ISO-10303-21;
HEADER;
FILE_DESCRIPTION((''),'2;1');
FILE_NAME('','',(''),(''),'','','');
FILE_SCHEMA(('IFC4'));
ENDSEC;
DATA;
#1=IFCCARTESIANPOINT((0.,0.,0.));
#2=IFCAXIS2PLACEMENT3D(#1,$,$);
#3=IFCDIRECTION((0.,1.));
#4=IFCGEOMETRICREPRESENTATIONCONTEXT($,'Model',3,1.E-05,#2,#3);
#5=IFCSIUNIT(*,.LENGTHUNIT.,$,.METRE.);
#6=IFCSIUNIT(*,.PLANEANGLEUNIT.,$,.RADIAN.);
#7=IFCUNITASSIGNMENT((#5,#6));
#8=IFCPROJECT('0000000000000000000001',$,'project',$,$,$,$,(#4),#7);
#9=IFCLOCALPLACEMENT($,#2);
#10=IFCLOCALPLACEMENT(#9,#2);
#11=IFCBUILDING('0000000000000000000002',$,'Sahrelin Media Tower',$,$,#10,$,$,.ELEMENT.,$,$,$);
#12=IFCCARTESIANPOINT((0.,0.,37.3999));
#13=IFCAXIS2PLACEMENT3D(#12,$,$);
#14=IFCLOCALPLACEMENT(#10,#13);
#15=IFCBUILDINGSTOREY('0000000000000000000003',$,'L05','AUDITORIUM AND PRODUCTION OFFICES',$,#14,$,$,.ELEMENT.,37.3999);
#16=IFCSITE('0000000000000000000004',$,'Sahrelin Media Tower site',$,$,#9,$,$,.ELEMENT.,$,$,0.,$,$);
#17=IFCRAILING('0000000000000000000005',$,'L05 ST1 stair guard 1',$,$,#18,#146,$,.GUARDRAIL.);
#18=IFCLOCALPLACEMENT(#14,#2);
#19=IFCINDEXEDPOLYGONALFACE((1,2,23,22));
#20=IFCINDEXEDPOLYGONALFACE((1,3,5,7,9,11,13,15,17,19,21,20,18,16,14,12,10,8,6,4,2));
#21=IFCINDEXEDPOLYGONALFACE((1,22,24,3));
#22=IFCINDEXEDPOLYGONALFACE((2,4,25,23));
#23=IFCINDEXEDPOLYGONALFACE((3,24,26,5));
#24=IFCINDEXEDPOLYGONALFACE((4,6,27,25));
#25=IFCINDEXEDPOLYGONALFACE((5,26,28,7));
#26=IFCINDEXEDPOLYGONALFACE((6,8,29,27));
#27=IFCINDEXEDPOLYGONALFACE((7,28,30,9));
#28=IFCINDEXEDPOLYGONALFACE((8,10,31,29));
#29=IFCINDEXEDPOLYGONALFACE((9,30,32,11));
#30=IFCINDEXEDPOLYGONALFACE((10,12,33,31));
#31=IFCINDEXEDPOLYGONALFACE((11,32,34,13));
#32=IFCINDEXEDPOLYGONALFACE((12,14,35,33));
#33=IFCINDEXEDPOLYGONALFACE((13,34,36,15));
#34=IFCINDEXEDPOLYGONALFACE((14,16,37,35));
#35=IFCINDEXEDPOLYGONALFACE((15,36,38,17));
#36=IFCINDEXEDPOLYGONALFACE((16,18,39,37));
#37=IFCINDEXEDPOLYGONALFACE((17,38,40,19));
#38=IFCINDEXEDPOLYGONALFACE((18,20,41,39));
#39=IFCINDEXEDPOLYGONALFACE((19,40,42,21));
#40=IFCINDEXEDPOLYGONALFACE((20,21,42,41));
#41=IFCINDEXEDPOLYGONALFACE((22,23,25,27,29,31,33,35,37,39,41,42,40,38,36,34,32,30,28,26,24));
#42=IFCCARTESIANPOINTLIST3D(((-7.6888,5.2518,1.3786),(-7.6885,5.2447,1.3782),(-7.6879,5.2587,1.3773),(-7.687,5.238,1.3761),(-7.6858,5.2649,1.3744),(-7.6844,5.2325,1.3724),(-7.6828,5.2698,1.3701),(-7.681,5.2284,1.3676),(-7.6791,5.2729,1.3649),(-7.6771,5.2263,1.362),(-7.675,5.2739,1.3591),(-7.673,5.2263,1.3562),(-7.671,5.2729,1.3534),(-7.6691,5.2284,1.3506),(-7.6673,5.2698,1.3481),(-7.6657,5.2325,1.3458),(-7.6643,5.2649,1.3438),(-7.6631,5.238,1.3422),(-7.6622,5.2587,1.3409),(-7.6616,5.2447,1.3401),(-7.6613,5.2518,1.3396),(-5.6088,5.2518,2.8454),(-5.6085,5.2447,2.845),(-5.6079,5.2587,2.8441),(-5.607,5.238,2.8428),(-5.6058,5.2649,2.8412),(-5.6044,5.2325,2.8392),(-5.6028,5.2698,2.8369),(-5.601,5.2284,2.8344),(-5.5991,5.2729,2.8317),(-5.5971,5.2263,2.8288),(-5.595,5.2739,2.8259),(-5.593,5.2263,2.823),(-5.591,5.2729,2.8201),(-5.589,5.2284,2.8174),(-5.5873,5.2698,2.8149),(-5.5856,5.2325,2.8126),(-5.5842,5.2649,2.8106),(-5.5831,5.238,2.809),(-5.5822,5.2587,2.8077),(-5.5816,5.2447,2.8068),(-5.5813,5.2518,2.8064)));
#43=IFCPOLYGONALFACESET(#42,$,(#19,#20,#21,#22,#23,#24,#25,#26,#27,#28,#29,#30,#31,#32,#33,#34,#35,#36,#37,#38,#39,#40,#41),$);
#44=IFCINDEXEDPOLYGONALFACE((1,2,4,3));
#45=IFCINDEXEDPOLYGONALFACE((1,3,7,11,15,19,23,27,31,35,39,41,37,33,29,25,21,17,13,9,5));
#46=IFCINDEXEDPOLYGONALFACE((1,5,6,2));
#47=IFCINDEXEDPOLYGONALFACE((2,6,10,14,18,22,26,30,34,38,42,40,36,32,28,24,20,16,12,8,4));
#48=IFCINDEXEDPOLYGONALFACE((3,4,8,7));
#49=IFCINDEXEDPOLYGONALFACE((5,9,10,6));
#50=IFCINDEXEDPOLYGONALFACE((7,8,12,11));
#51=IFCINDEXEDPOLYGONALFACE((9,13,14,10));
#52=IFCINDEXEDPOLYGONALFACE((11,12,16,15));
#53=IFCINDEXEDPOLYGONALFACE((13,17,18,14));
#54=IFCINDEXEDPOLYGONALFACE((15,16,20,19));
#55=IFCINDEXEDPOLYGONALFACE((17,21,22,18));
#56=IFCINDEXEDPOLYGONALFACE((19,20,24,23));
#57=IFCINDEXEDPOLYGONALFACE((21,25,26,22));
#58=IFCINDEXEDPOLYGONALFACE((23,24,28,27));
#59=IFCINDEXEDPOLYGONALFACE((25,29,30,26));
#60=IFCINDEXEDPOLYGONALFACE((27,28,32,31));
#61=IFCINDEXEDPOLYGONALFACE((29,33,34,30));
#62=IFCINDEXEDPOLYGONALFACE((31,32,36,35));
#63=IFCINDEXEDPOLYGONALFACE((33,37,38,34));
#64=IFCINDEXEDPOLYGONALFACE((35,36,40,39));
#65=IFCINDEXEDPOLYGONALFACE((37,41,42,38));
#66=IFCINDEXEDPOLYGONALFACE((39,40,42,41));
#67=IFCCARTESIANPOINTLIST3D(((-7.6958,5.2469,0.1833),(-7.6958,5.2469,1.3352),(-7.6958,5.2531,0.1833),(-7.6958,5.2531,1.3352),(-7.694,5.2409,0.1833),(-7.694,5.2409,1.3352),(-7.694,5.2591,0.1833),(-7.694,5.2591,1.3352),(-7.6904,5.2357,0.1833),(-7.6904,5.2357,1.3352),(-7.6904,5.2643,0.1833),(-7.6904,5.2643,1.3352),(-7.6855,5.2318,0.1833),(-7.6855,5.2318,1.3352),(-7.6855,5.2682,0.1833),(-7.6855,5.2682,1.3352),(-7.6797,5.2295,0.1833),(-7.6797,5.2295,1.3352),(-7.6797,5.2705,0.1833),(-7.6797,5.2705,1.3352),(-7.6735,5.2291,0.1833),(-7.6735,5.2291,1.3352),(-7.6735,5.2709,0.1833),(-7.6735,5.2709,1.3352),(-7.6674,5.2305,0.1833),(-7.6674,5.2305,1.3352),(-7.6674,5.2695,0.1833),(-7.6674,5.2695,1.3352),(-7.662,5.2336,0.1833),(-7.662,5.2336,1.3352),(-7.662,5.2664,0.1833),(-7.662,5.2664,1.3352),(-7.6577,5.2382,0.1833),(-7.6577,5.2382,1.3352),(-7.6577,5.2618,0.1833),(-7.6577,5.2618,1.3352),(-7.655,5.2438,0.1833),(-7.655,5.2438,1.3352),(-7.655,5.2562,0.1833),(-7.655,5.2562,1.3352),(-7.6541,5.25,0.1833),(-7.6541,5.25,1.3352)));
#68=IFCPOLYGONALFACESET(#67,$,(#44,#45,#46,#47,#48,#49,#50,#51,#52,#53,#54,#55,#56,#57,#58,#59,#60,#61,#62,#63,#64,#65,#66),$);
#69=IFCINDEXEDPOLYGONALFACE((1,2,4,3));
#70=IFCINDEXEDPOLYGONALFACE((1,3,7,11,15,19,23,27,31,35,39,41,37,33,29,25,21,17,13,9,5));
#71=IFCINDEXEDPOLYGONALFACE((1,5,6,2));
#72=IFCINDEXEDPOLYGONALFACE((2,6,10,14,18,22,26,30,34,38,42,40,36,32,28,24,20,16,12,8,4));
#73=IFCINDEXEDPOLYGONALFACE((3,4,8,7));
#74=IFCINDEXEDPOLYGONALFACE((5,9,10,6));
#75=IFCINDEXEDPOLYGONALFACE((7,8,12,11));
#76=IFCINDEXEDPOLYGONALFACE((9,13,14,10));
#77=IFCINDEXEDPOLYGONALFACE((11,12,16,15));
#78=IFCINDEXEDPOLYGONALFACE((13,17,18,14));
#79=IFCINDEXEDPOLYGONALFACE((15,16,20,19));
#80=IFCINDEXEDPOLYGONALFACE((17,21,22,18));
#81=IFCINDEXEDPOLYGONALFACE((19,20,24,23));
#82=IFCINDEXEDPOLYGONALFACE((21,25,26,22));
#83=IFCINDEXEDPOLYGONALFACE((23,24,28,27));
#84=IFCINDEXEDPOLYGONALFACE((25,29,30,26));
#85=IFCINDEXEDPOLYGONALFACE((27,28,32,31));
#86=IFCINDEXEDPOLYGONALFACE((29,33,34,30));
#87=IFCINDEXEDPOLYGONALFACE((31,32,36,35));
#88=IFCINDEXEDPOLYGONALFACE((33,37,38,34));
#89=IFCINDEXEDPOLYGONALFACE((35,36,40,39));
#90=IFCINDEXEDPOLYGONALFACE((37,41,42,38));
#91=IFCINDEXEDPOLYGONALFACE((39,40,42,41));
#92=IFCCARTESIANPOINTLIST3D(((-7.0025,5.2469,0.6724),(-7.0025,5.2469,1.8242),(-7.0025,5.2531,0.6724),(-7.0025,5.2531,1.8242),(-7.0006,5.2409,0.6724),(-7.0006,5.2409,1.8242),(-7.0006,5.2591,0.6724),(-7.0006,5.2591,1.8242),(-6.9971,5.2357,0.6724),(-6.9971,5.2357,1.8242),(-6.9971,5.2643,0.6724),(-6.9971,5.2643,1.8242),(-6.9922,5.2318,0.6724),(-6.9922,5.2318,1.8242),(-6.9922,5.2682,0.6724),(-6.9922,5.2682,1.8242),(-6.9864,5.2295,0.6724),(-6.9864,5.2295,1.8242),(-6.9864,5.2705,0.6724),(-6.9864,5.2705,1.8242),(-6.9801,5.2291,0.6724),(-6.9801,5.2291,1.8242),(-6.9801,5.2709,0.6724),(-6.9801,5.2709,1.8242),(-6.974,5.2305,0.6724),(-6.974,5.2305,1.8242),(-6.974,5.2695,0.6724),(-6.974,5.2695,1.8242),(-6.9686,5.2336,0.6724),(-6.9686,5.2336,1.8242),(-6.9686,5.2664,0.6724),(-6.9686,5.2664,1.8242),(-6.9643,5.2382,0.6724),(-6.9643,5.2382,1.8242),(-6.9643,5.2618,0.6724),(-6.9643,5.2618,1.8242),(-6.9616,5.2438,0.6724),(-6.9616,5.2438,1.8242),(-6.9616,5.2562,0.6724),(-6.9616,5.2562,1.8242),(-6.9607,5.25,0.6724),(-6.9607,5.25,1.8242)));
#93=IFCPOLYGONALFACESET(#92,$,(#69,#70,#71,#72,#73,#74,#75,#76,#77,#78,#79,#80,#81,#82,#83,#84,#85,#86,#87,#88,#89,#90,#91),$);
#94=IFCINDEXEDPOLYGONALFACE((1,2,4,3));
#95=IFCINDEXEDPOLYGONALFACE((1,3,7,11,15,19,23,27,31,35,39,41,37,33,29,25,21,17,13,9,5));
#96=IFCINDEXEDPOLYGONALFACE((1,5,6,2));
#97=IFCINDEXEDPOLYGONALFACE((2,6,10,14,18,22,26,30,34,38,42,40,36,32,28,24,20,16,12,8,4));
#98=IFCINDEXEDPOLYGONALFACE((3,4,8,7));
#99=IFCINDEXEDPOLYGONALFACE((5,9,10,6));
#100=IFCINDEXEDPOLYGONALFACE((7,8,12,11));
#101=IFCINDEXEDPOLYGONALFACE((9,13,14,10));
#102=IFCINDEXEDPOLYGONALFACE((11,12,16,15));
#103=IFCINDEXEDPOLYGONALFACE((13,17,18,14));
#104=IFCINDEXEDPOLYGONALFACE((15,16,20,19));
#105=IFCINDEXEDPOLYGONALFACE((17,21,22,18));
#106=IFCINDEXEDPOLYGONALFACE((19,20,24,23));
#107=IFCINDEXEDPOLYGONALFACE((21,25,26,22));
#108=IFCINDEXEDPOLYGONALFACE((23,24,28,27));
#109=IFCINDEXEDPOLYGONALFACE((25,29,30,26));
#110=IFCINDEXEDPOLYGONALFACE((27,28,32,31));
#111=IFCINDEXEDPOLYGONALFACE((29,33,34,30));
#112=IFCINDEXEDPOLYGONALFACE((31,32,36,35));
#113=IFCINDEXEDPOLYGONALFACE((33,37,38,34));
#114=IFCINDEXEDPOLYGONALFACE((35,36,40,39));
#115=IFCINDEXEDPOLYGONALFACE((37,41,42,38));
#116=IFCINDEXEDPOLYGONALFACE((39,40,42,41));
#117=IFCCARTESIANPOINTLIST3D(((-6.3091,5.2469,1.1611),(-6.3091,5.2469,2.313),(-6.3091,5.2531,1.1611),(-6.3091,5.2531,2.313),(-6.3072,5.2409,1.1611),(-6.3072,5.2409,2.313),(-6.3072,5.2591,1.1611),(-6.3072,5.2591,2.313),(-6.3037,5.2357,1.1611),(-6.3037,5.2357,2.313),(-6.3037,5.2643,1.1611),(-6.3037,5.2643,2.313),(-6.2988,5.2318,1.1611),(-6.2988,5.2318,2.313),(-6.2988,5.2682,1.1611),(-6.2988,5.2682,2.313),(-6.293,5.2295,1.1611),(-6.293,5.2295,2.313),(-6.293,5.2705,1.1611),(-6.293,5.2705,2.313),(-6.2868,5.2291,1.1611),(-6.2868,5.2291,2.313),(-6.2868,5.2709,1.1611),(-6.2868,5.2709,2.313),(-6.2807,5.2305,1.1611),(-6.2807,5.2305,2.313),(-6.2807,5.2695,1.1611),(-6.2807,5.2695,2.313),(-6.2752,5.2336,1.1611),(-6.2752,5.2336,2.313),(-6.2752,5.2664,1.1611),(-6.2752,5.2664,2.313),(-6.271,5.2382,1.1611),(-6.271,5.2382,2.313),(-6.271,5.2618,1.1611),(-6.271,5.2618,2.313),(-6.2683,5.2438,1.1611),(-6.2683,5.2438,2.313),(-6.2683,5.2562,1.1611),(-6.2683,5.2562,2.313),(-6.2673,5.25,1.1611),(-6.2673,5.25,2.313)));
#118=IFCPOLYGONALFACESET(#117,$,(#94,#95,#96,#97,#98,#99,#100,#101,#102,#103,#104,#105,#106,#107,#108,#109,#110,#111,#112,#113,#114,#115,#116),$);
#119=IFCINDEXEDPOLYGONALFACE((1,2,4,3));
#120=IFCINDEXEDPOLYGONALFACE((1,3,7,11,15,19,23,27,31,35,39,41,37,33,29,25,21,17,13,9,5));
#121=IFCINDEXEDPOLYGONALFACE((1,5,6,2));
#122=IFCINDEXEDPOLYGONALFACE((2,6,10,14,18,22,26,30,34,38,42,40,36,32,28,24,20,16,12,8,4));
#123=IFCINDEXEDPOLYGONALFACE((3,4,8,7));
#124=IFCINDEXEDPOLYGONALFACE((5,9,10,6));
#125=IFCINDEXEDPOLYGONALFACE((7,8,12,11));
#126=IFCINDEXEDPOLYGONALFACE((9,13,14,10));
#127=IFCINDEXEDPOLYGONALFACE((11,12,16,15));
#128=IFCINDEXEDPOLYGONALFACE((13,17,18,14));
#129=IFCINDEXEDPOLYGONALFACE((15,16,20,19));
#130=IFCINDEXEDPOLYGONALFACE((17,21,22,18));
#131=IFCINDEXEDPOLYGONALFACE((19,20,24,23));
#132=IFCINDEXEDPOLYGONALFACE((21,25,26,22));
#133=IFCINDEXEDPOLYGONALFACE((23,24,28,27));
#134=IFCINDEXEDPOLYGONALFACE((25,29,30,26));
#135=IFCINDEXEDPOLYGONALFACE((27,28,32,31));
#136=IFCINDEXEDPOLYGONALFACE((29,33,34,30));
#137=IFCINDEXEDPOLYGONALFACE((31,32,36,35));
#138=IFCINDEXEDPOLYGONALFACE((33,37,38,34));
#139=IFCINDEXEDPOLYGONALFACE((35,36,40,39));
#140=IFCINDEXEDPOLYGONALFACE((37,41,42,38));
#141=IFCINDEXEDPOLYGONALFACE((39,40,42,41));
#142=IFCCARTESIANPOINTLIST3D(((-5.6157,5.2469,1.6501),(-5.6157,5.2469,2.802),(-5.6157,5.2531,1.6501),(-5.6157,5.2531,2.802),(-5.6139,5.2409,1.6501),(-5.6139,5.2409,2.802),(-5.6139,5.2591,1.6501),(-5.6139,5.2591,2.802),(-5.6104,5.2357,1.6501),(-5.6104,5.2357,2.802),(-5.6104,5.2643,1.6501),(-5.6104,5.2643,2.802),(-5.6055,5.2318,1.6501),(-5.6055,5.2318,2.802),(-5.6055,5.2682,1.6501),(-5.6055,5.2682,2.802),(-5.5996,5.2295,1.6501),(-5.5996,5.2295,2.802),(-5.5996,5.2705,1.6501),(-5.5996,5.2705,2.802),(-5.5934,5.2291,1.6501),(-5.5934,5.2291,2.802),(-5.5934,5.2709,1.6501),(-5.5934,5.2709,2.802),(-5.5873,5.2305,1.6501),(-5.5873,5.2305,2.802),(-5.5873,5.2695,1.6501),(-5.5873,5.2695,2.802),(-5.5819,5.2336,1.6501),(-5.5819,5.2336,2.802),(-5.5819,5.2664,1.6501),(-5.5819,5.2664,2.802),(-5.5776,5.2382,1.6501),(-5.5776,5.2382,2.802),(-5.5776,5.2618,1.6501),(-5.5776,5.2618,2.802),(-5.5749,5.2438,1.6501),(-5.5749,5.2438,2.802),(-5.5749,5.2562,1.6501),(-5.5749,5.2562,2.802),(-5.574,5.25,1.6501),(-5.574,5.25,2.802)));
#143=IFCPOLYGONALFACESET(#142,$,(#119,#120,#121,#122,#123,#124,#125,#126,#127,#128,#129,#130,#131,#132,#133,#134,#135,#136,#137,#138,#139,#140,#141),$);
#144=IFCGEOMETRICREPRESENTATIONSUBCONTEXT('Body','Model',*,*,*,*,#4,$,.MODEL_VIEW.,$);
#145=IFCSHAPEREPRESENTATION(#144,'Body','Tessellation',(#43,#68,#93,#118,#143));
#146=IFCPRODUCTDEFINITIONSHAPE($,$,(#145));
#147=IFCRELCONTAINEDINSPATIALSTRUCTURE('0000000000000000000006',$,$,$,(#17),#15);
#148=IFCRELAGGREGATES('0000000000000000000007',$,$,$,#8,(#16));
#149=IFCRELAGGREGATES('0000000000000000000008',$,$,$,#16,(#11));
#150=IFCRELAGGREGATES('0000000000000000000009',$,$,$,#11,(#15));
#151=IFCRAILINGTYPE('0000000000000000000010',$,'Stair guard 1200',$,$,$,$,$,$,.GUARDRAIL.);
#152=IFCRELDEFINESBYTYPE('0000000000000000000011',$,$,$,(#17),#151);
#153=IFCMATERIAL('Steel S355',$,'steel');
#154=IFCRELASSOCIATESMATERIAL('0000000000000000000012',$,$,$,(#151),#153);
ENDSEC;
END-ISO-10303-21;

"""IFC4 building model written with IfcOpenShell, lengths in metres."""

from ifc_helpers import new_model, si_unit, direction, frame, origin, origin_2d, place, context, subcontext, project, spatial, circle, extrude, material, type_object, element, save


model = new_model("IFC4")

# Units and contexts
model_context = context("Model", 3, precision=1e-05, world=origin(), true_north=direction((0.0, 1.0)))
body_context = subcontext(model_context, "Body", "Model", "MODEL_VIEW")
ifc_project = project(units=[si_unit("LENGTHUNIT", "METRE"), si_unit("PLANEANGLEUNIT", "RADIAN")], contexts=[model_context])

# Site, building, storey
site_placement = place(None, origin())
site = spatial("IfcSite", under=ifc_project, at=site_placement, Name="Sahrelin Media Tower site", CompositionType="ELEMENT", RefElevation=0.0)
building_placement = place(site_placement, origin())
building = spatial("IfcBuilding", under=site, at=building_placement, Name="Sahrelin Media Tower", CompositionType="ELEMENT")
storey_placement = place(building_placement, frame((0.0, 0.0, 37.3999)))
storey = spatial("IfcBuildingStorey", under=building, at=storey_placement, Name="L05", Description="AUDITORIUM AND PRODUCTION OFFICES", CompositionType="ELEMENT", Elevation=37.3999)

# Shared definitions
ifc_material_1 = material(Name="Steel S355", Category="steel")

# Railing
railing_type_1 = type_object("IfcRailingType", Name="Stair guard 1200", PredefinedType="GUARDRAIL", material=ifc_material_1)
railing_1_placement = place(storey_placement, frame((-7.675, 5.25, 0.1833)))
element("IfcRailing", 1, at=railing_1_placement, inside=storey, type_object=railing_type_1, Name="L05 ST1 stair guard 1", PredefinedType="GUARDRAIL", context=body_context, shape_type="SweptSolid", body=[
    extrude(circle(Radius=0.0239, at=origin_2d()), frame((0.0, 0.0, 1.1758), z_axis=(0.817244, 0.0, 0.576291), x_axis=(0.0, 1.0, 0.0)), (0.0, 0.0, 1.0), 2.5452),
    extrude(circle(Radius=0.021, at=origin_2d()), origin(), (0.0, 0.0, 1.0), 1.1519),
    extrude(circle(Radius=0.021, at=origin_2d()), frame((0.6934, 0.0, 0.489)), (0.0, 0.0, 1.0), 1.1519),
    extrude(circle(Radius=0.021, at=origin_2d()), frame((1.3867, 0.0, 0.9778)), (0.0, 0.0, 1.0), 1.1519),
    extrude(circle(Radius=0.021, at=origin_2d()), frame((2.0801, 0.0, 1.4668)), (0.0, 0.0, 1.0), 1.1519),
])

save(model, "model.ifc")
